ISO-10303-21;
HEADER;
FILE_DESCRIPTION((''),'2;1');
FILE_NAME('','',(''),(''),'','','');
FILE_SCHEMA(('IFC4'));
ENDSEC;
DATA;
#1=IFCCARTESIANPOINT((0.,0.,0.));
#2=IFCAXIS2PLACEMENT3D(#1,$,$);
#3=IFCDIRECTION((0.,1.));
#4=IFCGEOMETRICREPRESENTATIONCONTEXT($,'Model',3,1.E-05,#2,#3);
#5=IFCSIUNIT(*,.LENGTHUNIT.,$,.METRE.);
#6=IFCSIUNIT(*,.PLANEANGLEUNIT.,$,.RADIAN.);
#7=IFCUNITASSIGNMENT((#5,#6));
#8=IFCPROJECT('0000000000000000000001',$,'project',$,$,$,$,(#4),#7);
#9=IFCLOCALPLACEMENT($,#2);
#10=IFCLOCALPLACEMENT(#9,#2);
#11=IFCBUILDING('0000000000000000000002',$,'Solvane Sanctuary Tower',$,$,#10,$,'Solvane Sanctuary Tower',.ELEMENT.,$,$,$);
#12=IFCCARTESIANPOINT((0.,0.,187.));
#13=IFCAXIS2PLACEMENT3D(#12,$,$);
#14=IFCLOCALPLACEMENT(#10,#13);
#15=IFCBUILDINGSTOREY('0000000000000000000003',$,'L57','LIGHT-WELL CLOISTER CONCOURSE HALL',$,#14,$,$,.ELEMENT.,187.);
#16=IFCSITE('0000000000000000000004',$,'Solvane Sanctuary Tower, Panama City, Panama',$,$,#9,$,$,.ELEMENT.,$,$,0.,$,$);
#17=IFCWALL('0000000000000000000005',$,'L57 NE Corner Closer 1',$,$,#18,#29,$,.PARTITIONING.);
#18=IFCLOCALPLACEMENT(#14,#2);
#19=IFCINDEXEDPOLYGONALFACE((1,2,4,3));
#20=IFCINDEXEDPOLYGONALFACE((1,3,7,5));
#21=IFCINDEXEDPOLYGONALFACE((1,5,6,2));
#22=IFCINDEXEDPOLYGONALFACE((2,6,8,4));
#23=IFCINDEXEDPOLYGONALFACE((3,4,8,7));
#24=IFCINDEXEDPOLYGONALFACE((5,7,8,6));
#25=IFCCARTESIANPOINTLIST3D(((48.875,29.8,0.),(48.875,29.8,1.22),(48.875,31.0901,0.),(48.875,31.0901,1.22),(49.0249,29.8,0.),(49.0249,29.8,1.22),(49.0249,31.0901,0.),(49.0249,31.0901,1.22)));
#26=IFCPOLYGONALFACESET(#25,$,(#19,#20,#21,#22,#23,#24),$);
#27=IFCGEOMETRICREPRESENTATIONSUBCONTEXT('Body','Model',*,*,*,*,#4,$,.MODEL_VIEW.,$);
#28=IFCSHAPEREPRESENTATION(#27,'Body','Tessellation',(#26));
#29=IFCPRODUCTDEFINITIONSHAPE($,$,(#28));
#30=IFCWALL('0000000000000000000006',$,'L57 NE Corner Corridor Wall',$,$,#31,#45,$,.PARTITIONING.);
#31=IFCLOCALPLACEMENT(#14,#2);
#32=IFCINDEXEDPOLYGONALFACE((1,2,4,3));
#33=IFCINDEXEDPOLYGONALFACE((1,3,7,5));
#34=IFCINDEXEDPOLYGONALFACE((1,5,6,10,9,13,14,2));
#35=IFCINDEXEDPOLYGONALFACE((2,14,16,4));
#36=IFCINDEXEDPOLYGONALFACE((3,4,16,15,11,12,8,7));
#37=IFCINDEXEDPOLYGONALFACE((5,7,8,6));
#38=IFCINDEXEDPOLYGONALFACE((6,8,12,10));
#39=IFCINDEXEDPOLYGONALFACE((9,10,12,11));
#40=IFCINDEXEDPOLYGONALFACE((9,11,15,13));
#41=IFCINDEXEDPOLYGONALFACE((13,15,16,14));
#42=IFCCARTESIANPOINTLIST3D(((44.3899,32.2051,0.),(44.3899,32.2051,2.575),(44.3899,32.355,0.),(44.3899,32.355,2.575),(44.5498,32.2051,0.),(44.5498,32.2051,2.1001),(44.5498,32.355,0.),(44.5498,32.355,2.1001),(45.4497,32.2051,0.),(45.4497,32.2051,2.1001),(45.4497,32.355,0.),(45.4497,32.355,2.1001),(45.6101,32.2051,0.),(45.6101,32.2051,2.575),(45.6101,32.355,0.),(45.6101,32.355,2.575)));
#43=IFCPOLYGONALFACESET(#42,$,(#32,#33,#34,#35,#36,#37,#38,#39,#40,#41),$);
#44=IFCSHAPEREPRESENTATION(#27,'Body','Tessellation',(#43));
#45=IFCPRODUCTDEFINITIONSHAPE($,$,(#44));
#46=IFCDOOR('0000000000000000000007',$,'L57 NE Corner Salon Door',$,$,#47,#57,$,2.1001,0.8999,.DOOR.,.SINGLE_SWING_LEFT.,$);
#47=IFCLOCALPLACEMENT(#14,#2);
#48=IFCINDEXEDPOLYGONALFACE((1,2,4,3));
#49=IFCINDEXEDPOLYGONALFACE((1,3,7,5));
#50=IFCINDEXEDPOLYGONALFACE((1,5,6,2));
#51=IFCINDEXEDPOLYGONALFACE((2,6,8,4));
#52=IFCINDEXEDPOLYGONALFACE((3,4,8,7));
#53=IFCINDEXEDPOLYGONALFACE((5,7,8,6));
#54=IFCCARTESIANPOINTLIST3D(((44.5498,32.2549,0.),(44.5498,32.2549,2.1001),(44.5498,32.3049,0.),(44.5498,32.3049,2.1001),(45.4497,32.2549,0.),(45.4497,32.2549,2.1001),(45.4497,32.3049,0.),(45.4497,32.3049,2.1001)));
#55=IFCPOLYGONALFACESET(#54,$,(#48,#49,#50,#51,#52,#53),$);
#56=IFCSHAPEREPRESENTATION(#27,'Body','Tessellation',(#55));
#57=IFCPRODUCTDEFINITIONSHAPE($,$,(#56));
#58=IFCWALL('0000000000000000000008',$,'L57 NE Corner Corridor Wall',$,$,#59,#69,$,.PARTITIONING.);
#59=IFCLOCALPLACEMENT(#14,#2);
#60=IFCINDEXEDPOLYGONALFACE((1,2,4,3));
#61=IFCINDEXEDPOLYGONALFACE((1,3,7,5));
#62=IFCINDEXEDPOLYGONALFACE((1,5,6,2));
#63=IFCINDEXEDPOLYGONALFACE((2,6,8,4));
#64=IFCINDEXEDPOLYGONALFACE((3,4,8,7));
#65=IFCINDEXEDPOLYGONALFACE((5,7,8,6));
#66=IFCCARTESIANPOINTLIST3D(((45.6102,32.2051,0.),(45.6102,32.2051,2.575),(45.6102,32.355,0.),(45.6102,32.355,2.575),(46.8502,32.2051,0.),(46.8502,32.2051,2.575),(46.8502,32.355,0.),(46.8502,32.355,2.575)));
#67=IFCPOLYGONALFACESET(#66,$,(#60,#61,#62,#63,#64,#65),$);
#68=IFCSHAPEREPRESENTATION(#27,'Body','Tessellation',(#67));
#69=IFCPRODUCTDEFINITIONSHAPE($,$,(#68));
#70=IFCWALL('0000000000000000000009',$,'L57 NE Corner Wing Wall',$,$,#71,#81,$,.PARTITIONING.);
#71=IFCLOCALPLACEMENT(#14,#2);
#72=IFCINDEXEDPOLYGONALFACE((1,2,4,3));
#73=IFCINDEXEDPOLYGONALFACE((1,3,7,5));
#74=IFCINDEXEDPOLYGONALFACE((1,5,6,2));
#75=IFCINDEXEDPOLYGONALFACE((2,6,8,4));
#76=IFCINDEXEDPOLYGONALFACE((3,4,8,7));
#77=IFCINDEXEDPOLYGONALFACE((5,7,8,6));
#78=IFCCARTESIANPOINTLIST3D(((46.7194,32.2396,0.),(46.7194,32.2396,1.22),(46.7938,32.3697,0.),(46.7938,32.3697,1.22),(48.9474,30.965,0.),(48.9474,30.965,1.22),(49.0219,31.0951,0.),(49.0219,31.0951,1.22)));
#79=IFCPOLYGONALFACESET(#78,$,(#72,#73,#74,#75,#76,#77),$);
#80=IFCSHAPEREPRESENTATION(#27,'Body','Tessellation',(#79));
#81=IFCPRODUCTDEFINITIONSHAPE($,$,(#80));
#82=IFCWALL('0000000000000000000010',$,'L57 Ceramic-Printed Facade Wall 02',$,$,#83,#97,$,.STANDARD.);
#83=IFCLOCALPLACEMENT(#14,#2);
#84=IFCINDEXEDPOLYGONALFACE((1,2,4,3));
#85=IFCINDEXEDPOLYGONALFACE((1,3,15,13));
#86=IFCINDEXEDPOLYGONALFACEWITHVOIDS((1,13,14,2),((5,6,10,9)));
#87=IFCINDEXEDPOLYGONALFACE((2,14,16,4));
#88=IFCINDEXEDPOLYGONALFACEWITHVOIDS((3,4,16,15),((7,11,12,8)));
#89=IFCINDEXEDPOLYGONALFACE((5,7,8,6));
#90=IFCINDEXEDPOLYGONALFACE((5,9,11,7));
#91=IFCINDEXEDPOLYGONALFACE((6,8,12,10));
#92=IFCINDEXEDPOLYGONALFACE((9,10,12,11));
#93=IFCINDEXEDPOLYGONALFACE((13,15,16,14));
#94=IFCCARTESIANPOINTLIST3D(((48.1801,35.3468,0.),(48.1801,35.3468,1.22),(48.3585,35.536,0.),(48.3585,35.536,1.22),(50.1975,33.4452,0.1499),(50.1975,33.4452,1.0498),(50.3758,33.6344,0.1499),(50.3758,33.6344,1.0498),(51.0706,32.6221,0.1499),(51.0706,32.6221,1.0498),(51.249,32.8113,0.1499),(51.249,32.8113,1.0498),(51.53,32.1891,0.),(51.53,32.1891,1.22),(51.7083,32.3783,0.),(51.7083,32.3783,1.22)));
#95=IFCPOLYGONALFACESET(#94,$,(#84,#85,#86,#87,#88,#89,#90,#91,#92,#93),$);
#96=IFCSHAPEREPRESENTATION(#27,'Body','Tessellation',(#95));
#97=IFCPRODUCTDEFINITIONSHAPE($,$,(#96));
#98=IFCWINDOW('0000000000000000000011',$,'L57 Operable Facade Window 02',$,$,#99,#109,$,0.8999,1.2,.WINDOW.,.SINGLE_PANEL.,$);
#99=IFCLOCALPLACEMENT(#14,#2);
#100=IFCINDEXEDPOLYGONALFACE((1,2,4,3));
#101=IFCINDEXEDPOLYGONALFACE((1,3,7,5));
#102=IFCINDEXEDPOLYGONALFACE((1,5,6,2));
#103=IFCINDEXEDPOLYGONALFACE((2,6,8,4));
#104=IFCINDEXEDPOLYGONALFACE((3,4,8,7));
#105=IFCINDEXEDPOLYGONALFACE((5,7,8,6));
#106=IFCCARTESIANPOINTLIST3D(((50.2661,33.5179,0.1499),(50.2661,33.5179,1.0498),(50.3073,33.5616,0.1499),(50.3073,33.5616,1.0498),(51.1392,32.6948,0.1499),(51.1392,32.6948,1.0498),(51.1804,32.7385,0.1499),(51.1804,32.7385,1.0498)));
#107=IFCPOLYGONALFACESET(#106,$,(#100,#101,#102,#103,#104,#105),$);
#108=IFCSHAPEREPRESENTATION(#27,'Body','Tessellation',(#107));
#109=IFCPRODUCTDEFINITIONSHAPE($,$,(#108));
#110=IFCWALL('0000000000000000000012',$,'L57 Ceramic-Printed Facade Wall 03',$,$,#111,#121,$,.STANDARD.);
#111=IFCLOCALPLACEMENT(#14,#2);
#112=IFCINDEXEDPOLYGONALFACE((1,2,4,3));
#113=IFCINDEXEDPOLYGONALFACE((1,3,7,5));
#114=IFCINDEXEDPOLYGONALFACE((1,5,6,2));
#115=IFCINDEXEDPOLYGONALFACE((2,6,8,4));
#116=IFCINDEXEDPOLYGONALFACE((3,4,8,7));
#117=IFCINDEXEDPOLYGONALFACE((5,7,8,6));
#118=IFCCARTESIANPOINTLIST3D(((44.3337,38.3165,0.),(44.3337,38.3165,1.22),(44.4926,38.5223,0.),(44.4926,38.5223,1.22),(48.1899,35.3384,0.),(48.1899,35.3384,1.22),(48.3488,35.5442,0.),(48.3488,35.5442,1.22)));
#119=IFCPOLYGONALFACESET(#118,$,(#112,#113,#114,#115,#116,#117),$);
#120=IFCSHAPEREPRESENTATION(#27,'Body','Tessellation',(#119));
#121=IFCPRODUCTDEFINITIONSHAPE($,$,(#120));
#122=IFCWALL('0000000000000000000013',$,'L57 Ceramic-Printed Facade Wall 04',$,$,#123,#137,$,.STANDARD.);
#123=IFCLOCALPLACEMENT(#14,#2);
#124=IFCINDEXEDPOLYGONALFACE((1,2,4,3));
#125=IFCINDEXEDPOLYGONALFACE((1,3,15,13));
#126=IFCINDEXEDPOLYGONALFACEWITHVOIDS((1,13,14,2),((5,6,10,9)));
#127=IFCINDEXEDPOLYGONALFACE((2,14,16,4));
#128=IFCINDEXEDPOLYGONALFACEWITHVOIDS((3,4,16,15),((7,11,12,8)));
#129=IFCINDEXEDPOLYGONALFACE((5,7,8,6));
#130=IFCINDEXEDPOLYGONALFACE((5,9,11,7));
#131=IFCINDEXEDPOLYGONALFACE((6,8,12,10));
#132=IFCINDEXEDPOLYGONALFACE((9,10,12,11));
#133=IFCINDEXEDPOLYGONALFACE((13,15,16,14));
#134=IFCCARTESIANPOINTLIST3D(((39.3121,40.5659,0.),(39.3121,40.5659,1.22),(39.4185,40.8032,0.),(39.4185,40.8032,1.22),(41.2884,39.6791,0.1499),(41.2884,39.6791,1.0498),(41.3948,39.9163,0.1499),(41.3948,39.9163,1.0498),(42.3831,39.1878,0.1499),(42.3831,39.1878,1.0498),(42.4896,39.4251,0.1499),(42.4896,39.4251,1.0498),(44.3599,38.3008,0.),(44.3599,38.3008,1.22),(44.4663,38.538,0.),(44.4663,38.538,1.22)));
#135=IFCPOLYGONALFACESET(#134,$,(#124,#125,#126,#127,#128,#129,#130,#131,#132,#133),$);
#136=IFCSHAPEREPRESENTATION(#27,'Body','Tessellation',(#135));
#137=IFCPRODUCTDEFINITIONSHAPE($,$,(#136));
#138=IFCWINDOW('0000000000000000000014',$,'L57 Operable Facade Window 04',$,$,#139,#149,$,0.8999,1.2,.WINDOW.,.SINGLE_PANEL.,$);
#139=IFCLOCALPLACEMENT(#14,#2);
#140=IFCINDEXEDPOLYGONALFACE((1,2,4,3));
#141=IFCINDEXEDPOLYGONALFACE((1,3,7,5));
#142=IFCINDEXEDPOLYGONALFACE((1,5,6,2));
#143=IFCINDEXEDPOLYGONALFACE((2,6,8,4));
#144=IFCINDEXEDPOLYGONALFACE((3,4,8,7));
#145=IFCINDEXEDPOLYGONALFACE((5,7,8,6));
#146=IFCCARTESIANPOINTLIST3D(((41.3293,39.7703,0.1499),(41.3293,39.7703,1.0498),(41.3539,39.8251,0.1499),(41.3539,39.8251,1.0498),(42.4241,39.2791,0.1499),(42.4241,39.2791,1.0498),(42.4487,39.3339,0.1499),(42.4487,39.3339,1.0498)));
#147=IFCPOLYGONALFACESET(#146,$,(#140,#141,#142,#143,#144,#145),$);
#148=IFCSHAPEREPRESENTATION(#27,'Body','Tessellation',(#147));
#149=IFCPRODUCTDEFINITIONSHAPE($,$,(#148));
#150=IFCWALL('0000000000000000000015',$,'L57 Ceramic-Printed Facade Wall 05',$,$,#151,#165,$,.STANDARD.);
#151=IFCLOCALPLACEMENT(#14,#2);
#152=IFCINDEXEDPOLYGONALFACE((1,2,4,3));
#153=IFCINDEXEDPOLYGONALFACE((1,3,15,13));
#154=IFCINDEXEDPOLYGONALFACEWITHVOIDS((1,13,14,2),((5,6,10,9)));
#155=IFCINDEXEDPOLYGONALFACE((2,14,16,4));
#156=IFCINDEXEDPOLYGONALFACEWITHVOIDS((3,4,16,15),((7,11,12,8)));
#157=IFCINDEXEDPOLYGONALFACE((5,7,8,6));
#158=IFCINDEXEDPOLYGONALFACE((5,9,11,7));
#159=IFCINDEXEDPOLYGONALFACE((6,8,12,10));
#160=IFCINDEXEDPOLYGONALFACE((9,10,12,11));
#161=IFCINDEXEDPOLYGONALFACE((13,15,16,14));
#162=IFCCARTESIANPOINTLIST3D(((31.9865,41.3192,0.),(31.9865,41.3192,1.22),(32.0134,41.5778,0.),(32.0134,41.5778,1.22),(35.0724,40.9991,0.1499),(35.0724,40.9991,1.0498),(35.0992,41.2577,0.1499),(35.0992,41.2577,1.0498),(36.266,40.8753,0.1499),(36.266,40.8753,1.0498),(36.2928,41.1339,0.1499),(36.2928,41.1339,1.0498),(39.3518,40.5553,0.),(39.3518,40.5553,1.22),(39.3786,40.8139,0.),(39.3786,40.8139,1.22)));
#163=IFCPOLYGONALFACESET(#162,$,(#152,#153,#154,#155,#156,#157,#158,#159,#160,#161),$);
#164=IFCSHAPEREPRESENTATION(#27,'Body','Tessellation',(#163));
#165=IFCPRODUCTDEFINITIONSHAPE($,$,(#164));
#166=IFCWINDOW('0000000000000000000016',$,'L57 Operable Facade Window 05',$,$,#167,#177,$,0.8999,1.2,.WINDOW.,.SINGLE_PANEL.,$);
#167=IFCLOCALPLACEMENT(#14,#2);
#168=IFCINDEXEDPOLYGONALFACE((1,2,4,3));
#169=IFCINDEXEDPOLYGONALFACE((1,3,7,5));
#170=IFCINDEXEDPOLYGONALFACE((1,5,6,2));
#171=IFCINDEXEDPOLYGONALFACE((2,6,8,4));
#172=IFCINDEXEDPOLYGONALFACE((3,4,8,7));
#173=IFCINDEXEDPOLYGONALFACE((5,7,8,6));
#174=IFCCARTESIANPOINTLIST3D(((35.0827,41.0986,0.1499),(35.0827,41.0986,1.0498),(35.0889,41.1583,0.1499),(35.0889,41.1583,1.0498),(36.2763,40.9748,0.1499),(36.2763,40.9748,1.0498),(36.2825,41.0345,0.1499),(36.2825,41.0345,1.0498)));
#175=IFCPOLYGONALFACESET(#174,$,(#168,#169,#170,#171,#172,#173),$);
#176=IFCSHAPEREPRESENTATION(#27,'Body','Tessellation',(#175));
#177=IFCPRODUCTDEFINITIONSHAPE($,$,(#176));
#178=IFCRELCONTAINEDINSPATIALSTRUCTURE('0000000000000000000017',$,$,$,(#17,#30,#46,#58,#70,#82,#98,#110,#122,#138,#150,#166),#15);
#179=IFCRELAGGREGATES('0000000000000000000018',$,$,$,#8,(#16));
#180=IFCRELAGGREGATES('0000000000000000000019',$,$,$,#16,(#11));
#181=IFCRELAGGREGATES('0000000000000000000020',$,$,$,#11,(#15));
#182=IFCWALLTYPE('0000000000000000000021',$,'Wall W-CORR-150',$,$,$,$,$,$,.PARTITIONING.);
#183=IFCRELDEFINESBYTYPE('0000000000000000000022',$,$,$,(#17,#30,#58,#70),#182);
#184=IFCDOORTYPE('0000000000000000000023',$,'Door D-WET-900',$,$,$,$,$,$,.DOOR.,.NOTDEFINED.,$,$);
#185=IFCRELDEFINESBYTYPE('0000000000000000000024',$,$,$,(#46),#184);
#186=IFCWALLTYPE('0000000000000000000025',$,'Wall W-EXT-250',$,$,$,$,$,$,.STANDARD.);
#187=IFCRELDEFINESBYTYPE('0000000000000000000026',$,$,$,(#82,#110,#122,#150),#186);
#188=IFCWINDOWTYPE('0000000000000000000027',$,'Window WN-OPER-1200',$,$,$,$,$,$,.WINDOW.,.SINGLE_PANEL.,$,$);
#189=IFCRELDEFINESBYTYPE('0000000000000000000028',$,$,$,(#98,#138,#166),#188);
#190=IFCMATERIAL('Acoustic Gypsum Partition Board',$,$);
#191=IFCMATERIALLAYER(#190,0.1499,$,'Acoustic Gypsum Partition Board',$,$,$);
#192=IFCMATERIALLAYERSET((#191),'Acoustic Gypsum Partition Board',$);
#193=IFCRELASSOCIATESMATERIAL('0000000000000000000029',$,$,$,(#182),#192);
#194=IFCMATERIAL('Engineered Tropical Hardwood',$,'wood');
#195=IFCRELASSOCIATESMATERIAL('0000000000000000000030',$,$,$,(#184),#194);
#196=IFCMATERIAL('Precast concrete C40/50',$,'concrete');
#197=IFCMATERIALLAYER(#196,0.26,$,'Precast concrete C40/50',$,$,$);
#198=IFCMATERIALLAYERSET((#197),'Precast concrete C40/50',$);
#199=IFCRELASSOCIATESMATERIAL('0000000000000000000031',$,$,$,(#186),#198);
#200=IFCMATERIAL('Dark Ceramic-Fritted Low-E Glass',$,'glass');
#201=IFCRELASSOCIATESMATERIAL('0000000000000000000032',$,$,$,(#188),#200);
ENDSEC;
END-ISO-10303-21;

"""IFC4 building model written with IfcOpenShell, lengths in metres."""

from ifc_helpers import new_model, si_unit, direction, frame, frame_2d, origin, place, context, subcontext, project, spatial, rectangle, extrude, material, layer, layer_set, type_object, element, fill, save


model = new_model("IFC4")

# Units and contexts
model_context = context("Model", 3, precision=1e-05, world=origin(), true_north=direction((0.0, 1.0)))
body_context = subcontext(model_context, "Body", "Model", "MODEL_VIEW")
ifc_project = project(units=[si_unit("LENGTHUNIT", "METRE"), si_unit("PLANEANGLEUNIT", "RADIAN")], contexts=[model_context])

# Site, building, storey
site_placement = place(None, origin())
site = spatial("IfcSite", under=ifc_project, at=site_placement, Name="Solvane Sanctuary Tower, Panama City, Panama", CompositionType="ELEMENT", RefElevation=0.0)
building_placement = place(site_placement, origin())
building = spatial("IfcBuilding", under=site, at=building_placement, Name="Solvane Sanctuary Tower", LongName="Solvane Sanctuary Tower", CompositionType="ELEMENT")
storey_placement = place(building_placement, frame((0.0, 0.0, 187.0)))
storey = spatial("IfcBuildingStorey", under=building, at=storey_placement, Name="L57", Description="LIGHT-WELL CLOISTER CONCOURSE HALL", CompositionType="ELEMENT", Elevation=187.0)

# Wall
ifc_material_1 = material(Name="Acoustic Gypsum Partition Board")
ifc_layer_1 = layer(ifc_material_1, 0.1499, Name="Acoustic Gypsum Partition Board")
ifc_layer_set_1 = layer_set([ifc_layer_1], Name="Acoustic Gypsum Partition Board")
wall_type_1 = type_object("IfcWallType", Name="Wall W-CORR-150", PredefinedType="PARTITIONING", material=ifc_layer_set_1)
wall_1_placement = place(storey_placement, frame((48.95, 29.8, 0.0), z_axis=(0.0, 0.0, 1.0), x_axis=(0.0, 1.0, 0.0)))
element("IfcWall", 1, at=wall_1_placement, inside=storey, type_object=wall_type_1, Name="L57 NE Corner Closer 1", PredefinedType="PARTITIONING", context=body_context, shape_type="SweptSolid", body=[
    extrude(rectangle(XDim=1.29, YDim=0.1499, at=frame_2d((0.645, 0.0))), origin(), (0.0, 0.0, 1.0), 1.22),
])

# Wall, opening, door
wall_2_placement = place(storey_placement, frame((44.3899, 32.28, 0.0), z_axis=(0.0, 0.0, 1.0), x_axis=(1.0, 0.0, 0.0)))
wall_2 = element("IfcWall", 2, at=wall_2_placement, inside=storey, type_object=wall_type_1, Name="L57 NE Corner Corridor Wall", PredefinedType="PARTITIONING", context=body_context, shape_type="SweptSolid", body=[
    extrude(rectangle(XDim=1.2202, YDim=0.1499, at=frame_2d((0.6101, 0.0))), origin(), (0.0, 0.0, 1.0), 2.575),
])
opening_1_placement = place(wall_2_placement, frame((0.1599, 0.0, 0.0)))
opening_1 = element("IfcOpeningElement", 3, at=opening_1_placement, cuts=wall_2, PredefinedType="OPENING", context=body_context, shape_type="SweptSolid", body=[
    extrude(rectangle(XDim=0.8999, YDim=2.1001, at=frame_2d((0.45, 1.05))), frame((0.0, 0.085, 0.0), z_axis=(0.0, -1.0, 0.0), x_axis=(1.0, 0.0, 0.0)), (0.0, 0.0, 1.0), 0.1699),
])
ifc_material_2 = material(Name="Engineered Tropical Hardwood", Category="wood")
door_type_1 = type_object("IfcDoorType", Name="Door D-WET-900", OperationType="NOTDEFINED", PredefinedType="DOOR", material=ifc_material_2)
door_1_placement = place(opening_1_placement, origin())
door_1 = element("IfcDoor", 4, at=door_1_placement, inside=storey, type_object=door_type_1, Name="L57 NE Corner Salon Door", OperationType="SINGLE_SWING_LEFT", OverallHeight=2.1001, OverallWidth=0.8999, PredefinedType="DOOR", context=body_context, shape_type="SweptSolid", body=[
    extrude(rectangle(XDim=0.8999, YDim=2.1001, at=frame_2d((0.45, 1.05))), frame((0.0, 0.0249, 0.0), z_axis=(0.0, -1.0, 0.0), x_axis=(1.0, 0.0, 0.0)), (0.0, 0.0, 1.0), 0.05),
])
fill(opening_1, door_1)

# Walls
wall_3_placement = place(storey_placement, frame((45.6101, 32.28, 0.0), z_axis=(0.0, 0.0, 1.0), x_axis=(1.0, 0.0, 0.0)))
element("IfcWall", 5, at=wall_3_placement, inside=storey, type_object=wall_type_1, Name="L57 NE Corner Corridor Wall", PredefinedType="PARTITIONING", context=body_context, shape_type="SweptSolid", body=[
    extrude(rectangle(XDim=1.24, YDim=0.1499, at=frame_2d((0.6201, 0.0))), origin(), (0.0, 0.0, 1.0), 2.575),
])
wall_4_placement = place(storey_placement, frame((46.7566, 32.3047, 0.0), z_axis=(0.0, 0.0, 1.0), x_axis=(0.867991, -0.496579, 0.0)))
element("IfcWall", 6, at=wall_4_placement, inside=storey, type_object=wall_type_1, Name="L57 NE Corner Wing Wall", PredefinedType="PARTITIONING", context=body_context, shape_type="SweptSolid", body=[
    extrude(rectangle(XDim=2.5669, YDim=0.1499, at=frame_2d((1.2834, 0.0))), origin(), (0.0, 0.0, 1.0), 1.22),
])

# Wall, opening, window
ifc_material_3 = material(Name="Precast concrete C40/50", Category="concrete")
ifc_layer_2 = layer(ifc_material_3, 0.26, Name="Precast concrete C40/50")
ifc_layer_set_2 = layer_set([ifc_layer_2], Name="Precast concrete C40/50")
wall_type_2 = type_object("IfcWallType", Name="Wall W-EXT-250", PredefinedType="STANDARD", material=ifc_layer_set_2)
wall_5_placement = place(storey_placement, frame((51.6191, 32.2837, 0.0), z_axis=(0.0, 0.0, 1.0), x_axis=(-0.727667, 0.68593, 0.0)))
wall_5 = element("IfcWall", 7, at=wall_5_placement, inside=storey, type_object=wall_type_2, Name="L57 Ceramic-Printed Facade Wall 02", PredefinedType="STANDARD", context=body_context, shape_type="SweptSolid", body=[
    extrude(rectangle(XDim=4.6035, YDim=0.26, at=frame_2d((2.3018, 0.0))), origin(), (0.0, 0.0, 1.0), 1.22),
])
opening_2_placement = place(wall_5_placement, frame((0.6311, 0.0, 0.1499)))
opening_2 = element("IfcOpeningElement", 8, at=opening_2_placement, cuts=wall_5, PredefinedType="OPENING", context=body_context, shape_type="SweptSolid", body=[
    extrude(rectangle(XDim=1.2, YDim=0.8999, at=frame_2d((0.6001, 0.45))), frame((0.0, 0.1399, 0.0), z_axis=(0.0, -1.0, 0.0), x_axis=(1.0, 0.0, 0.0)), (0.0, 0.0, 1.0), 0.28),
])
ifc_material_4 = material(Name="Dark Ceramic-Fritted Low-E Glass", Category="glass")
window_type = type_object("IfcWindowType", Name="Window WN-OPER-1200", PartitioningType="SINGLE_PANEL", PredefinedType="WINDOW", material=ifc_material_4)
window_1_placement = place(opening_2_placement, origin())
window_1 = element("IfcWindow", 9, at=window_1_placement, inside=storey, type_object=window_type, Name="L57 Operable Facade Window 02", OverallHeight=0.8999, OverallWidth=1.2, PartitioningType="SINGLE_PANEL", PredefinedType="WINDOW", context=body_context, shape_type="SweptSolid", body=[
    extrude(rectangle(XDim=1.2, YDim=0.8999, at=frame_2d((0.6001, 0.45))), frame((0.0, 0.03, 0.0), z_axis=(0.0, -1.0, 0.0), x_axis=(1.0, 0.0, 0.0)), (0.0, 0.0, 1.0), 0.0601),
])
fill(opening_2, window_1)

# Wall
wall_6_placement = place(storey_placement, frame((48.2693, 35.4414, 0.0), z_axis=(0.0, 0.0, 1.0), x_axis=(-0.79146, 0.611221, 0.0)))
element("IfcWall", 10, at=wall_6_placement, inside=storey, type_object=wall_type_2, Name="L57 Ceramic-Printed Facade Wall 03", PredefinedType="STANDARD", context=body_context, shape_type="SweptSolid", body=[
    extrude(rectangle(XDim=4.8723, YDim=0.26, at=frame_2d((2.436, 0.0))), origin(), (0.0, 0.0, 1.0), 1.22),
])

# Walls, openings, windows
wall_7_placement = place(storey_placement, frame((44.4131, 38.4194, 0.0), z_axis=(0.0, 0.0, 1.0), x_axis=(-0.912354, 0.409403, 0.0)))
wall_7 = element("IfcWall", 11, at=wall_7_placement, inside=storey, type_object=wall_type_2, Name="L57 Ceramic-Printed Facade Wall 04", PredefinedType="STANDARD", context=body_context, shape_type="SweptSolid", body=[
    extrude(rectangle(XDim=5.5327, YDim=0.26, at=frame_2d((2.7664, 0.0))), origin(), (0.0, 0.0, 1.0), 1.22),
])
opening_3_placement = place(wall_7_placement, frame((2.1665, 0.0, 0.1499)))
opening_3 = element("IfcOpeningElement", 12, at=opening_3_placement, cuts=wall_7, PredefinedType="OPENING", context=body_context, shape_type="SweptSolid", body=[
    extrude(rectangle(XDim=1.2, YDim=0.8999, at=frame_2d((0.6001, 0.45))), frame((0.0, 0.1399, 0.0), z_axis=(0.0, -1.0, 0.0), x_axis=(1.0, 0.0, 0.0)), (0.0, 0.0, 1.0), 0.28),
])
window_2_placement = place(opening_3_placement, origin())
window_2 = element("IfcWindow", 13, at=window_2_placement, inside=storey, type_object=window_type, Name="L57 Operable Facade Window 04", OverallHeight=0.8999, OverallWidth=1.2, PartitioningType="SINGLE_PANEL", PredefinedType="WINDOW", context=body_context, shape_type="SweptSolid", body=[
    extrude(rectangle(XDim=1.2, YDim=0.8999, at=frame_2d((0.6001, 0.45))), frame((0.0, 0.03, 0.0), z_axis=(0.0, -1.0, 0.0), x_axis=(1.0, 0.0, 0.0)), (0.0, 0.0, 1.0), 0.0601),
])
fill(opening_3, window_2)
wall_8_placement = place(storey_placement, frame((39.3652, 40.6846, 0.0), z_axis=(0.0, 0.0, 1.0), x_axis=(-0.994664, 0.103166, 0.0)))
wall_8 = element("IfcWall", 14, at=wall_8_placement, inside=storey, type_object=wall_type_2, Name="L57 Ceramic-Printed Facade Wall 05", PredefinedType="STANDARD", context=body_context, shape_type="SweptSolid", body=[
    extrude(rectangle(XDim=7.4048, YDim=0.26, at=frame_2d((3.7024, 0.0))), origin(), (0.0, 0.0, 1.0), 1.22),
])
opening_4_placement = place(wall_8_placement, frame((3.1023, 0.0, 0.1499)))
opening_4 = element("IfcOpeningElement", 15, at=opening_4_placement, cuts=wall_8, PredefinedType="OPENING", context=body_context, shape_type="SweptSolid", body=[
    extrude(rectangle(XDim=1.2, YDim=0.8999, at=frame_2d((0.6001, 0.45))), frame((0.0, 0.1399, 0.0), z_axis=(0.0, -1.0, 0.0), x_axis=(1.0, 0.0, 0.0)), (0.0, 0.0, 1.0), 0.28),
])
window_3_placement = place(opening_4_placement, origin())
window_3 = element("IfcWindow", 16, at=window_3_placement, inside=storey, type_object=window_type, Name="L57 Operable Facade Window 05", OverallHeight=0.8999, OverallWidth=1.2, PartitioningType="SINGLE_PANEL", PredefinedType="WINDOW", context=body_context, shape_type="SweptSolid", body=[
    extrude(rectangle(XDim=1.2, YDim=0.8999, at=frame_2d((0.6001, 0.45))), frame((0.0, 0.03, 0.0), z_axis=(0.0, -1.0, 0.0), x_axis=(1.0, 0.0, 0.0)), (0.0, 0.0, 1.0), 0.0601),
])
fill(opening_4, window_3)

save(model, "model.ifc")
